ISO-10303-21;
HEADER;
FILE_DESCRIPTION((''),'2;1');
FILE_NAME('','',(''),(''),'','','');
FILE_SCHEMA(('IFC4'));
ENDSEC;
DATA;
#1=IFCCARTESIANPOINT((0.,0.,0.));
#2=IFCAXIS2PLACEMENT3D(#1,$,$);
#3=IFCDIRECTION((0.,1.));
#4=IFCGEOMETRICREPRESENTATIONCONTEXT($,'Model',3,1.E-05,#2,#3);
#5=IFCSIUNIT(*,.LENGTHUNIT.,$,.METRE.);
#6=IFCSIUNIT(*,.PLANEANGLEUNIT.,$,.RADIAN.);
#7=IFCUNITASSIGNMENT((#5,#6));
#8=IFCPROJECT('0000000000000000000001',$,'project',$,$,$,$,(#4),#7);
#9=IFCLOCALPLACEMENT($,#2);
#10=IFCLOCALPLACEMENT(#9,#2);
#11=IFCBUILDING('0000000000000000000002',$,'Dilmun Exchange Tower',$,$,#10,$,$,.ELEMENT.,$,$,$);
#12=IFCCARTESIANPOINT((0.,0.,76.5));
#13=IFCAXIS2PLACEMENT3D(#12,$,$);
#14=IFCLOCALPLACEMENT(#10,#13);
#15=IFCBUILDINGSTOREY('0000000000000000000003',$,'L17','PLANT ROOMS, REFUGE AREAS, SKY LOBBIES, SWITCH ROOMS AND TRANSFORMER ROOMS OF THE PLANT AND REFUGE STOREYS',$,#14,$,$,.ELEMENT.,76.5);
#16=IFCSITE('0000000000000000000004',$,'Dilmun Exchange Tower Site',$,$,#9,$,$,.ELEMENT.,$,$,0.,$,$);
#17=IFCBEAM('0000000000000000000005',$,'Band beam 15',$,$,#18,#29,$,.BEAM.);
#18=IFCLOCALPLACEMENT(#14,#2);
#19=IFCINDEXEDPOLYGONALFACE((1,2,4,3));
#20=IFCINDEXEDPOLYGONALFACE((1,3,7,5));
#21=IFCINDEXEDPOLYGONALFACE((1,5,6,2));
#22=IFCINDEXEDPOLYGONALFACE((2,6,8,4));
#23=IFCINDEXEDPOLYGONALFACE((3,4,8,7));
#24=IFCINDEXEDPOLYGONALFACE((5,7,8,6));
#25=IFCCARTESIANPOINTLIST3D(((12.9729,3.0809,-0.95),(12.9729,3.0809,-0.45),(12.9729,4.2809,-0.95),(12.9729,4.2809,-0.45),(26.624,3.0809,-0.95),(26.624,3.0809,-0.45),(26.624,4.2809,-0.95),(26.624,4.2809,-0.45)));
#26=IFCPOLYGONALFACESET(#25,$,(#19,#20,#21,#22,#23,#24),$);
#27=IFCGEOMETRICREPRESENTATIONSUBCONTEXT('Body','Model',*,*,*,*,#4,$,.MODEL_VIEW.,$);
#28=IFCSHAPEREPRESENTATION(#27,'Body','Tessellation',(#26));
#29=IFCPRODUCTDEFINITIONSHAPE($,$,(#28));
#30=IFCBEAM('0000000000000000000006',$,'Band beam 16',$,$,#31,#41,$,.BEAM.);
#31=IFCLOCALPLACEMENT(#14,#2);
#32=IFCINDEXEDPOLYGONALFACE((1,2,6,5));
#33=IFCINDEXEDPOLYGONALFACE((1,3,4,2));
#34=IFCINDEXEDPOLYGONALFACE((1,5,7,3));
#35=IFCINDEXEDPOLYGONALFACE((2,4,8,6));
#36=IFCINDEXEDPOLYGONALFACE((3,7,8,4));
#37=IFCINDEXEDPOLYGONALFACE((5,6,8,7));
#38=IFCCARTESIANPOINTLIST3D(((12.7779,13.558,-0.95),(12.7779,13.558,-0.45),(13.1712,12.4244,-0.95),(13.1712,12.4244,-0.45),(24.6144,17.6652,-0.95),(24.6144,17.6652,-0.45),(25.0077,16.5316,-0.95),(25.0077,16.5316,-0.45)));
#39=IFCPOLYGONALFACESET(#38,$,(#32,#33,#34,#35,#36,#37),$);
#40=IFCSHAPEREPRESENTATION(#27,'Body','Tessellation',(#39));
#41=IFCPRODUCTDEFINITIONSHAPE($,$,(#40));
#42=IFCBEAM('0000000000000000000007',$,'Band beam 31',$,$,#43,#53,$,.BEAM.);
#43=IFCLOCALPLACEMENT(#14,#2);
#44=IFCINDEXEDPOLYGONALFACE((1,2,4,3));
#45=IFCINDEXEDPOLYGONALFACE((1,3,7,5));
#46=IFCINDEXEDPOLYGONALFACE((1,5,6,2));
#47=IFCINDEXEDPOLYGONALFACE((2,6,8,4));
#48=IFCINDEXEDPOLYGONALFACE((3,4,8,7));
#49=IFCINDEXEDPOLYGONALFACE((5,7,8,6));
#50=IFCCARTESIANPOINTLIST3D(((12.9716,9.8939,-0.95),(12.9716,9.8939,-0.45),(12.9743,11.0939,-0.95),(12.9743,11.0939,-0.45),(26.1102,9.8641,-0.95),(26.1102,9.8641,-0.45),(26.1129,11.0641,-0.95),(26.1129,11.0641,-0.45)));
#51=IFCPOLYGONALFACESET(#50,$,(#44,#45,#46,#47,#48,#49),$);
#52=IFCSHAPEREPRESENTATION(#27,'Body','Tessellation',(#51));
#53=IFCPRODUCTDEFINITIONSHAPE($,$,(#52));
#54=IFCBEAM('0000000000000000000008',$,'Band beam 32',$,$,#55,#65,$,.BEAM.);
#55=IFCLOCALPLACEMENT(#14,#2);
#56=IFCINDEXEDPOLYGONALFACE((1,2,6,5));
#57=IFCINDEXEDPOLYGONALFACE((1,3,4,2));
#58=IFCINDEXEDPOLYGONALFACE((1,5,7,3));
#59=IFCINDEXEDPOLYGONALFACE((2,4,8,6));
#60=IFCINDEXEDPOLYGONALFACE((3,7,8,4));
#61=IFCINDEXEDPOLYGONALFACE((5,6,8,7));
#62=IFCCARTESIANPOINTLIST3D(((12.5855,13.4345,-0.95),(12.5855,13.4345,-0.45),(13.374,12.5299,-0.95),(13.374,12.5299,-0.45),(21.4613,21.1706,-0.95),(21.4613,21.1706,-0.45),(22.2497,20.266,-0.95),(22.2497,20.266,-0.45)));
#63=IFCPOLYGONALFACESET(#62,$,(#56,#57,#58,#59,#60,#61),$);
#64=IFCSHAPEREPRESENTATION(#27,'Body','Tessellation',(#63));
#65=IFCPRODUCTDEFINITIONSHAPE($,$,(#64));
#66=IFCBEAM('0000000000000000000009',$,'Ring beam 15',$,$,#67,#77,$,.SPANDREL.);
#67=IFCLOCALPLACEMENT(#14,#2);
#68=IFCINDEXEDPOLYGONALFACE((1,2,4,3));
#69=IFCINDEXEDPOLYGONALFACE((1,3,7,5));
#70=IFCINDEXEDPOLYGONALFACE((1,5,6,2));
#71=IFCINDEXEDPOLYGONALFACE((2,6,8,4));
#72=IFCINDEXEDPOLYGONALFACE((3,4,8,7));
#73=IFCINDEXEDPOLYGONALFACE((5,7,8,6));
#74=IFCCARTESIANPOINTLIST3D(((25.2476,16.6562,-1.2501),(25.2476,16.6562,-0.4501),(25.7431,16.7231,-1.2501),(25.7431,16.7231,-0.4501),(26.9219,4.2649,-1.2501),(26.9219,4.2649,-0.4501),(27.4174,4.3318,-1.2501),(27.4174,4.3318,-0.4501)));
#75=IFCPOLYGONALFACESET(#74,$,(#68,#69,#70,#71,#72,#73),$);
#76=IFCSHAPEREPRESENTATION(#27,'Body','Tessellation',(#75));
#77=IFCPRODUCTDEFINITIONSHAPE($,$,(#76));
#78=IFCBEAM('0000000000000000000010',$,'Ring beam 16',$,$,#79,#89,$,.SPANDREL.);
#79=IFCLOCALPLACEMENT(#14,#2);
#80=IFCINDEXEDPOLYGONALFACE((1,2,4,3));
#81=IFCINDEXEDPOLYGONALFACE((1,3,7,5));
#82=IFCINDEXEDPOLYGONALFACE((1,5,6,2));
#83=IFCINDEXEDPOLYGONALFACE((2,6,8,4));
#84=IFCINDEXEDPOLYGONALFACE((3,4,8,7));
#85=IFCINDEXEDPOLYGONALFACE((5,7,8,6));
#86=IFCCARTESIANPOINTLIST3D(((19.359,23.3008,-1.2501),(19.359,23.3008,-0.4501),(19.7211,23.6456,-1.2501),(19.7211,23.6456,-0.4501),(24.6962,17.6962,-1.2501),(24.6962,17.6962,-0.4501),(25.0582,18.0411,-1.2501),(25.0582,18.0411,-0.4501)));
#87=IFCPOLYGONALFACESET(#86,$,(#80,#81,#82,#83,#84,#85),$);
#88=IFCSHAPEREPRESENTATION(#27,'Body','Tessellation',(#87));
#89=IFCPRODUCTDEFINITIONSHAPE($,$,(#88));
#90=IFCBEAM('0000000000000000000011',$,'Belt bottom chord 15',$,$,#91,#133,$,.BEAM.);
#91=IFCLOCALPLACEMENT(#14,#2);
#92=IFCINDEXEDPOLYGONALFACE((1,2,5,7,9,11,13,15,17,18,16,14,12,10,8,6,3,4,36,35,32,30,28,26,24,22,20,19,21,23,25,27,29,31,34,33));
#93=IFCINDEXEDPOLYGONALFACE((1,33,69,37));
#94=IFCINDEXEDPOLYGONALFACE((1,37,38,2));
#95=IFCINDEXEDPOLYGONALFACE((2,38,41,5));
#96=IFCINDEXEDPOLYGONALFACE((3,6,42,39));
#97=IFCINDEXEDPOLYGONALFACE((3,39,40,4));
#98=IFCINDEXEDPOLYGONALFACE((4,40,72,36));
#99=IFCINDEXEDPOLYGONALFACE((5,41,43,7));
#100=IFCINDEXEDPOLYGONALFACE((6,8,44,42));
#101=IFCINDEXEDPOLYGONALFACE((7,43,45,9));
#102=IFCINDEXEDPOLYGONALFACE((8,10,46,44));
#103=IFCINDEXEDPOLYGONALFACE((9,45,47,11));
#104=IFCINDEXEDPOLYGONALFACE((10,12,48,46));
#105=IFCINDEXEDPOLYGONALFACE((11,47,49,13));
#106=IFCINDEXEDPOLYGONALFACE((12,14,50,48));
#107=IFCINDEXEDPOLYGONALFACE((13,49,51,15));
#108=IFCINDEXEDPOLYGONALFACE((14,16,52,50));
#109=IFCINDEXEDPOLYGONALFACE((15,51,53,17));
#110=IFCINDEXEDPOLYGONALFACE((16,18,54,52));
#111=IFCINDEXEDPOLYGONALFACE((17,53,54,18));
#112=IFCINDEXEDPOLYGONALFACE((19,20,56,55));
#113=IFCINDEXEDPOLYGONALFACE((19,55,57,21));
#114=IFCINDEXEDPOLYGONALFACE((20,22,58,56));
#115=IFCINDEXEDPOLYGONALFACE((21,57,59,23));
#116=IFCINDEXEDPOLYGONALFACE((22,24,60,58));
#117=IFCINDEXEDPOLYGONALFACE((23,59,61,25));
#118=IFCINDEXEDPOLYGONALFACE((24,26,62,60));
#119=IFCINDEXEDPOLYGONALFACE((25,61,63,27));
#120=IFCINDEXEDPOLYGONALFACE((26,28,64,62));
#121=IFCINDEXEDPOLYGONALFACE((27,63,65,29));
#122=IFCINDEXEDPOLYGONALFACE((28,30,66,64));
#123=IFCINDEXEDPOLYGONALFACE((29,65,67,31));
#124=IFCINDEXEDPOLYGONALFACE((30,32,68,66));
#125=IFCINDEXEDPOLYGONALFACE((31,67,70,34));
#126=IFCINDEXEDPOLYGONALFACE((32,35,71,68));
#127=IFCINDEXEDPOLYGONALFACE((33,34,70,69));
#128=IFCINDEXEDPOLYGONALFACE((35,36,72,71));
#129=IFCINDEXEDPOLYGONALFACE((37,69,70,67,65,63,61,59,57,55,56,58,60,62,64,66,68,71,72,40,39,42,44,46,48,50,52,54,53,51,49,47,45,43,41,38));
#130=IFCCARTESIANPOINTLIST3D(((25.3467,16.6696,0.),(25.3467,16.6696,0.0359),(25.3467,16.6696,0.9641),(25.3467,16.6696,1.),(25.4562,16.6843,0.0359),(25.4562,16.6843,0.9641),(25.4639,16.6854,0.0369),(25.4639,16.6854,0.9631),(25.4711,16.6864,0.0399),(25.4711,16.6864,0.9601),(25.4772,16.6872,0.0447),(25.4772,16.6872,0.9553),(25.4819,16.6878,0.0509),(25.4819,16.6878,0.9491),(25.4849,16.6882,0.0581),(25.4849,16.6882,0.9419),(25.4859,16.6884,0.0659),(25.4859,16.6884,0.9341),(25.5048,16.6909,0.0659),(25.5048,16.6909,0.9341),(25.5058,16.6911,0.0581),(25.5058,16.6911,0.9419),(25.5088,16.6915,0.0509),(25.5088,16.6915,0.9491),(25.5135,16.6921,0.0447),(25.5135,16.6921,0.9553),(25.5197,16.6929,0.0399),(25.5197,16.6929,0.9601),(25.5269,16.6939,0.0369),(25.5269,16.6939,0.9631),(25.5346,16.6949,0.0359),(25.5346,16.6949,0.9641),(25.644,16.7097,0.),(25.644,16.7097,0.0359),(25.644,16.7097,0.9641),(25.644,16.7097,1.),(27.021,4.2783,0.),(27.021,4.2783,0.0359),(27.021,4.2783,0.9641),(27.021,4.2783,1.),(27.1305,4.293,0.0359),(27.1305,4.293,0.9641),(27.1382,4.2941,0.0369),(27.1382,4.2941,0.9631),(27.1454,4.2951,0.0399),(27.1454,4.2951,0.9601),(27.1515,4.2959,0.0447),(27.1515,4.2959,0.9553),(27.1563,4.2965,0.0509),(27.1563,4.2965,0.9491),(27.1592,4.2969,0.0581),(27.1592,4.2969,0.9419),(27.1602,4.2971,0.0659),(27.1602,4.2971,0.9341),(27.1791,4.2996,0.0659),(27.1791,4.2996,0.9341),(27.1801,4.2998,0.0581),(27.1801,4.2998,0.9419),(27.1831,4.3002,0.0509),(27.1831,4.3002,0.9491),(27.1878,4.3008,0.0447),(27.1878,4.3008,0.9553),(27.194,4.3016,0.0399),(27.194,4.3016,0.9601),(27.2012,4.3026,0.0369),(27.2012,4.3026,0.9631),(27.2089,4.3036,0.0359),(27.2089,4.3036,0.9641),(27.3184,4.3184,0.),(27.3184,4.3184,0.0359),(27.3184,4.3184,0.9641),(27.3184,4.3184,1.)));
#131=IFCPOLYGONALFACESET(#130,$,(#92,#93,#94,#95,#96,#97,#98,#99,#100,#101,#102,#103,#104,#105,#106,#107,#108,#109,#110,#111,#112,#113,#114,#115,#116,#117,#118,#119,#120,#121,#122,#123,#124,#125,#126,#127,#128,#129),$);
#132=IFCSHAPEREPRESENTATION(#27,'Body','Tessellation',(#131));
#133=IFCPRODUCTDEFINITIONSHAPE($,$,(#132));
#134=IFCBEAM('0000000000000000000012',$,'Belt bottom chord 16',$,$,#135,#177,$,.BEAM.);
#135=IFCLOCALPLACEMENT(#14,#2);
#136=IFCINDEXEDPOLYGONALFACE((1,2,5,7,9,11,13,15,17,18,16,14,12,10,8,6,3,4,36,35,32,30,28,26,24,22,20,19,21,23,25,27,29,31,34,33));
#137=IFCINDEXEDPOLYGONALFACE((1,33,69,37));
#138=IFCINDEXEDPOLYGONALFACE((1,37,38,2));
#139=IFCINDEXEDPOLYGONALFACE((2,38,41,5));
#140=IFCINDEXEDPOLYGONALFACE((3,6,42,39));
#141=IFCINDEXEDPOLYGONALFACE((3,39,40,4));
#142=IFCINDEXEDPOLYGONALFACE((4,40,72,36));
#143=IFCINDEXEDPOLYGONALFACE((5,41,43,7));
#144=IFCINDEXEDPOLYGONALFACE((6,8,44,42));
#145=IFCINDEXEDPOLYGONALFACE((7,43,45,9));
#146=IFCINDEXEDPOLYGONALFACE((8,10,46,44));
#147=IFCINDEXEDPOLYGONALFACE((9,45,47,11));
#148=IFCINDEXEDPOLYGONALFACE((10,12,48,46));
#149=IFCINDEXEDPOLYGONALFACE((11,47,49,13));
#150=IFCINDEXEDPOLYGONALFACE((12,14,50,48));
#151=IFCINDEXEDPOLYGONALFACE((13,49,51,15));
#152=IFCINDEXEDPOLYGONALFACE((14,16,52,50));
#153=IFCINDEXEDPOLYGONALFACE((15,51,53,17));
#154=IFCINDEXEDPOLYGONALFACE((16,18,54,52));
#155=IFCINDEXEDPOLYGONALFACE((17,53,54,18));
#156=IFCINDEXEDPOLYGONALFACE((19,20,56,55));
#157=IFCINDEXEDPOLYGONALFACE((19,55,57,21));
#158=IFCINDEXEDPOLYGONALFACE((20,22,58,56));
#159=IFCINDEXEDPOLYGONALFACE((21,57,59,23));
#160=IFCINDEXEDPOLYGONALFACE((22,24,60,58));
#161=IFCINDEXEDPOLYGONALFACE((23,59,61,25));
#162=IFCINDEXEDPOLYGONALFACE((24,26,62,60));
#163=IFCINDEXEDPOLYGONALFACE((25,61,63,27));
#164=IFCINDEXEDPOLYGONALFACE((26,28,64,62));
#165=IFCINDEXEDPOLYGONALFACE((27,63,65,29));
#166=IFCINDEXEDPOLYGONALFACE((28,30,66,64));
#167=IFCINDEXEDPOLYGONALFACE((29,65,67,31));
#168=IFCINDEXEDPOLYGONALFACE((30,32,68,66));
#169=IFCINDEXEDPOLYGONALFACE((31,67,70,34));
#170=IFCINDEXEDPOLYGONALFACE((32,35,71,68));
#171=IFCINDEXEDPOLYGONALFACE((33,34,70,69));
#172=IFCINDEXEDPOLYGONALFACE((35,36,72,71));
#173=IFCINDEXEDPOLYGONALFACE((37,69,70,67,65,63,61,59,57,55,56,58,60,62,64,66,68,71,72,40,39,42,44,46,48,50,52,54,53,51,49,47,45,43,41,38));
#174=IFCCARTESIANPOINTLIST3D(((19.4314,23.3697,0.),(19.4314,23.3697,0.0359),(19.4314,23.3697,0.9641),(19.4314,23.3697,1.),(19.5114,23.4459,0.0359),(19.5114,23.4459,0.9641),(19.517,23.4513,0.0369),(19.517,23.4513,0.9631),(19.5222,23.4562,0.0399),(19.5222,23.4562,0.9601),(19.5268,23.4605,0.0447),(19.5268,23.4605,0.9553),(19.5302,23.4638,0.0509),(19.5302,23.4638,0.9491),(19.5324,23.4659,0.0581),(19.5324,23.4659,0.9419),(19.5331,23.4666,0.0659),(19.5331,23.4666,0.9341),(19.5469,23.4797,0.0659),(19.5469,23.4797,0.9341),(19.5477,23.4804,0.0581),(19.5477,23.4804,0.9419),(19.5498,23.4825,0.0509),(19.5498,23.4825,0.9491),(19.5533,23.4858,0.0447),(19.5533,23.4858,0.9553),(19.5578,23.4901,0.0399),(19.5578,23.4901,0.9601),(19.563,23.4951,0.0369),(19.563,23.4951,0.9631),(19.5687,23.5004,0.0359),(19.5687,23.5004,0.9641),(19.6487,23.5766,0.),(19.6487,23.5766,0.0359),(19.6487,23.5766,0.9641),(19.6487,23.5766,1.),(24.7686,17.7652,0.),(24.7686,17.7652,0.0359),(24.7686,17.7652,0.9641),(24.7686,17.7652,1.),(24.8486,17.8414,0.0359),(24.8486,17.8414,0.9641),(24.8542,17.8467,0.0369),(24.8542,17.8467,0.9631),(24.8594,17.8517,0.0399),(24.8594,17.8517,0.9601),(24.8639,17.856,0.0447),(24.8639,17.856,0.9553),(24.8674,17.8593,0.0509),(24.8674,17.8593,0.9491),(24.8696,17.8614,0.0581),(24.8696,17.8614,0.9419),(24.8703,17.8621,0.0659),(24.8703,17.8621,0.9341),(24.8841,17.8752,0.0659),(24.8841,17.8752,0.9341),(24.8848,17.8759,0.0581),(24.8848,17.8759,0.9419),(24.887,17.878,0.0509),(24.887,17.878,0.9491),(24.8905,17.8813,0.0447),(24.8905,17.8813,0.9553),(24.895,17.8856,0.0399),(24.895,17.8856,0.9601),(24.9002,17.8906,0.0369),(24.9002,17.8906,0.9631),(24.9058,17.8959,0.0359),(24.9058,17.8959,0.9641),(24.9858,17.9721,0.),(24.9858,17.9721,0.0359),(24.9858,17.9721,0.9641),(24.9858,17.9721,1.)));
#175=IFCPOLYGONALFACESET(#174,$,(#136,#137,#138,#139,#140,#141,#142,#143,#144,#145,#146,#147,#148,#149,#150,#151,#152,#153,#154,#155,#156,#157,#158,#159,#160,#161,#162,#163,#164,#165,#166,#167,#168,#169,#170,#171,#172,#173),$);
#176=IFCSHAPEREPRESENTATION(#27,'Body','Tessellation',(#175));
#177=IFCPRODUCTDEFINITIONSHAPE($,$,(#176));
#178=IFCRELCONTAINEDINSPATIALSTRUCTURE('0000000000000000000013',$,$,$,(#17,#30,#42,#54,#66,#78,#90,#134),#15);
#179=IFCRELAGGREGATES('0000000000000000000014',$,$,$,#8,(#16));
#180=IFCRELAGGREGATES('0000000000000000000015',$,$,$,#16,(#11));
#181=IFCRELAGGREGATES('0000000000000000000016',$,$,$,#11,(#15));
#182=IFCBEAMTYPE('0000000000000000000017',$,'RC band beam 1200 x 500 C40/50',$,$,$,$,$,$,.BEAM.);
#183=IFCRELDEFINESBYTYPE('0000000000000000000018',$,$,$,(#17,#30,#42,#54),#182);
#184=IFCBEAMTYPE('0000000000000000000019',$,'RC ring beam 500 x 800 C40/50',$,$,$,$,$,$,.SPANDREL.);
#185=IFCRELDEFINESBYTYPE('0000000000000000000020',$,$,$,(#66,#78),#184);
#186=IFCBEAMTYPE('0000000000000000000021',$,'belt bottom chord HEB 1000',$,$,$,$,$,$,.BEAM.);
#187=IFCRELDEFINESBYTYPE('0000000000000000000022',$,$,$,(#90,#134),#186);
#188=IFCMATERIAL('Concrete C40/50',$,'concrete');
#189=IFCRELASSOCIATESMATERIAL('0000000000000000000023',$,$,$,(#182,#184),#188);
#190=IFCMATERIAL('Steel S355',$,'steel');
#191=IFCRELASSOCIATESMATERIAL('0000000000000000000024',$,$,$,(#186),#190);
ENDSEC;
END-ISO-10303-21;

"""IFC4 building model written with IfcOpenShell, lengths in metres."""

from ifc_helpers import new_model, si_unit, direction, frame, origin, origin_2d, place, context, subcontext, project, spatial, rectangle, i_section, extrude, material, material_profile, profile_set, type_object, element, save


model = new_model("IFC4")

# Units and contexts
model_context = context("Model", 3, precision=1e-05, world=origin(), true_north=direction((0.0, 1.0)))
body_context = subcontext(model_context, "Body", "Model", "MODEL_VIEW")
ifc_project = project(units=[si_unit("LENGTHUNIT", "METRE"), si_unit("PLANEANGLEUNIT", "RADIAN")], contexts=[model_context])

# Site, building, storey
site_placement = place(None, origin())
site = spatial("IfcSite", under=ifc_project, at=site_placement, Name="Dilmun Exchange Tower Site", CompositionType="ELEMENT", RefElevation=0.0)
building_placement = place(site_placement, origin())
building = spatial("IfcBuilding", under=site, at=building_placement, Name="Dilmun Exchange Tower", CompositionType="ELEMENT")
storey_placement = place(building_placement, frame((0.0, 0.0, 76.5)))
storey = spatial("IfcBuildingStorey", under=building, at=storey_placement, Name="L17", Description="PLANT ROOMS, REFUGE AREAS, SKY LOBBIES, SWITCH ROOMS AND TRANSFORMER ROOMS OF THE PLANT AND REFUGE STOREYS", CompositionType="ELEMENT", Elevation=76.5)

# Beams
ifc_material_1 = material(Name="Concrete C40/50", Category="concrete")
ifc_material_profile_1 = material_profile(ifc_material_1, rectangle(XDim=1.2, YDim=0.5, at=origin_2d()), Name="1200 x 500")
ifc_profile_set_1 = profile_set([ifc_material_profile_1], Name="Concrete C40/50")
beam_type_1 = type_object("IfcBeamType", Name="RC band beam 1200 x 500 C40/50", PredefinedType="BEAM", material=ifc_profile_set_1)
beam_1_placement = place(storey_placement, frame((26.624, 3.6809, -0.7), z_axis=(-1.0, 0.0, 0.0), x_axis=(0.0, -1.0, 0.0)))
element("IfcBeam", 1, at=beam_1_placement, inside=storey, type_object=beam_type_1, Name="Band beam 15", PredefinedType="BEAM", context=body_context, shape_type="SweptSolid", body=[
    extrude(rectangle(XDim=1.2, YDim=0.5, at=origin_2d()), origin(), (0.0, 0.0, 1.0), 13.6511),
])
beam_2_placement = place(storey_placement, frame((24.811, 17.0984, -0.7), z_axis=(-0.94474, -0.32782, 0.0), x_axis=(0.32782, -0.94474, 0.0)))
element("IfcBeam", 2, at=beam_2_placement, inside=storey, type_object=beam_type_1, Name="Band beam 16", PredefinedType="BEAM", context=body_context, shape_type="SweptSolid", body=[
    extrude(rectangle(XDim=1.2, YDim=0.5, at=origin_2d()), origin(), (0.0, 0.0, 1.0), 12.5288),
])
beam_3_placement = place(storey_placement, frame((26.1116, 10.4641, -0.7), z_axis=(-0.999997, 0.002267, 0.0), x_axis=(-0.002267, -0.999997, 0.0)))
element("IfcBeam", 3, at=beam_3_placement, inside=storey, type_object=beam_type_1, Name="Band beam 31", PredefinedType="BEAM", context=body_context, shape_type="SweptSolid", body=[
    extrude(rectangle(XDim=1.2, YDim=0.5, at=origin_2d()), origin(), (0.0, 0.0, 1.0), 13.1387),
])
beam_4_placement = place(storey_placement, frame((21.8555, 20.7183, -0.7), z_axis=(-0.753846, -0.657052, 0.0), x_axis=(0.657052, -0.753846, 0.0)))
element("IfcBeam", 4, at=beam_4_placement, inside=storey, type_object=beam_type_1, Name="Band beam 32", PredefinedType="BEAM", context=body_context, shape_type="SweptSolid", body=[
    extrude(rectangle(XDim=1.2, YDim=0.5, at=origin_2d()), origin(), (0.0, 0.0, 1.0), 11.7739),
])
ifc_material_profile_2 = material_profile(ifc_material_1, rectangle(XDim=0.5, YDim=0.8, at=origin_2d()), Name="500 x 800")
ifc_profile_set_2 = profile_set([ifc_material_profile_2], Name="Concrete C40/50")
beam_type_2 = type_object("IfcBeamType", Name="RC ring beam 500 x 800 C40/50", PredefinedType="SPANDREL", material=ifc_profile_set_2)
beam_5_placement = place(storey_placement, frame((27.1697, 4.2983, -0.8501), z_axis=(-0.133903, 0.990994, 0.0), x_axis=(-0.990994, -0.133903, 0.0)))
element("IfcBeam", 5, at=beam_5_placement, inside=storey, type_object=beam_type_2, Name="Ring beam 15", PredefinedType="SPANDREL", context=body_context, shape_type="SweptSolid", body=[
    extrude(rectangle(XDim=0.5, YDim=0.8, at=origin_2d()), origin(), (0.0, 0.0, 1.0), 12.5039),
])
beam_6_placement = place(storey_placement, frame((24.8772, 17.8687, -0.8501), z_axis=(-0.689624, 0.724167, 0.0), x_axis=(-0.724167, -0.689624, 0.0)))
element("IfcBeam", 6, at=beam_6_placement, inside=storey, type_object=beam_type_2, Name="Ring beam 16", PredefinedType="SPANDREL", context=body_context, shape_type="SweptSolid", body=[
    extrude(rectangle(XDim=0.5, YDim=0.8, at=origin_2d()), origin(), (0.0, 0.0, 1.0), 7.7393),
])
ifc_material_2 = material(Name="Steel S355", Category="steel")
ifc_material_profile_3 = material_profile(ifc_material_2, i_section(OverallWidth=0.3, OverallDepth=1.0, WebThickness=0.019, FlangeThickness=0.0359, FilletRadius=0.03, at=origin_2d()), Name="HEB 1000")
ifc_profile_set_3 = profile_set([ifc_material_profile_3], Name="Steel S355")
beam_type_3 = type_object("IfcBeamType", Name="belt bottom chord HEB 1000", PredefinedType="BEAM", material=ifc_profile_set_3)
beam_7_placement = place(storey_placement, frame((27.1697, 4.2983, 0.5), z_axis=(-0.133903, 0.990994, 0.0), x_axis=(-0.990994, -0.133903, 0.0)))
element("IfcBeam", 7, at=beam_7_placement, inside=storey, type_object=beam_type_3, Name="Belt bottom chord 15", PredefinedType="BEAM", context=body_context, shape_type="SweptSolid", body=[
    extrude(i_section(OverallWidth=0.3, OverallDepth=1.0, WebThickness=0.019, FlangeThickness=0.0359, FilletRadius=0.03, at=origin_2d()), origin(), (0.0, 0.0, 1.0), 12.5039),
])
beam_8_placement = place(storey_placement, frame((24.8772, 17.8687, 0.5), z_axis=(-0.689624, 0.724167, 0.0), x_axis=(-0.724167, -0.689624, 0.0)))
element("IfcBeam", 8, at=beam_8_placement, inside=storey, type_object=beam_type_3, Name="Belt bottom chord 16", PredefinedType="BEAM", context=body_context, shape_type="SweptSolid", body=[
    extrude(i_section(OverallWidth=0.3, OverallDepth=1.0, WebThickness=0.019, FlangeThickness=0.0359, FilletRadius=0.03, at=origin_2d()), origin(), (0.0, 0.0, 1.0), 7.7393),
])

save(model, "model.ifc")
